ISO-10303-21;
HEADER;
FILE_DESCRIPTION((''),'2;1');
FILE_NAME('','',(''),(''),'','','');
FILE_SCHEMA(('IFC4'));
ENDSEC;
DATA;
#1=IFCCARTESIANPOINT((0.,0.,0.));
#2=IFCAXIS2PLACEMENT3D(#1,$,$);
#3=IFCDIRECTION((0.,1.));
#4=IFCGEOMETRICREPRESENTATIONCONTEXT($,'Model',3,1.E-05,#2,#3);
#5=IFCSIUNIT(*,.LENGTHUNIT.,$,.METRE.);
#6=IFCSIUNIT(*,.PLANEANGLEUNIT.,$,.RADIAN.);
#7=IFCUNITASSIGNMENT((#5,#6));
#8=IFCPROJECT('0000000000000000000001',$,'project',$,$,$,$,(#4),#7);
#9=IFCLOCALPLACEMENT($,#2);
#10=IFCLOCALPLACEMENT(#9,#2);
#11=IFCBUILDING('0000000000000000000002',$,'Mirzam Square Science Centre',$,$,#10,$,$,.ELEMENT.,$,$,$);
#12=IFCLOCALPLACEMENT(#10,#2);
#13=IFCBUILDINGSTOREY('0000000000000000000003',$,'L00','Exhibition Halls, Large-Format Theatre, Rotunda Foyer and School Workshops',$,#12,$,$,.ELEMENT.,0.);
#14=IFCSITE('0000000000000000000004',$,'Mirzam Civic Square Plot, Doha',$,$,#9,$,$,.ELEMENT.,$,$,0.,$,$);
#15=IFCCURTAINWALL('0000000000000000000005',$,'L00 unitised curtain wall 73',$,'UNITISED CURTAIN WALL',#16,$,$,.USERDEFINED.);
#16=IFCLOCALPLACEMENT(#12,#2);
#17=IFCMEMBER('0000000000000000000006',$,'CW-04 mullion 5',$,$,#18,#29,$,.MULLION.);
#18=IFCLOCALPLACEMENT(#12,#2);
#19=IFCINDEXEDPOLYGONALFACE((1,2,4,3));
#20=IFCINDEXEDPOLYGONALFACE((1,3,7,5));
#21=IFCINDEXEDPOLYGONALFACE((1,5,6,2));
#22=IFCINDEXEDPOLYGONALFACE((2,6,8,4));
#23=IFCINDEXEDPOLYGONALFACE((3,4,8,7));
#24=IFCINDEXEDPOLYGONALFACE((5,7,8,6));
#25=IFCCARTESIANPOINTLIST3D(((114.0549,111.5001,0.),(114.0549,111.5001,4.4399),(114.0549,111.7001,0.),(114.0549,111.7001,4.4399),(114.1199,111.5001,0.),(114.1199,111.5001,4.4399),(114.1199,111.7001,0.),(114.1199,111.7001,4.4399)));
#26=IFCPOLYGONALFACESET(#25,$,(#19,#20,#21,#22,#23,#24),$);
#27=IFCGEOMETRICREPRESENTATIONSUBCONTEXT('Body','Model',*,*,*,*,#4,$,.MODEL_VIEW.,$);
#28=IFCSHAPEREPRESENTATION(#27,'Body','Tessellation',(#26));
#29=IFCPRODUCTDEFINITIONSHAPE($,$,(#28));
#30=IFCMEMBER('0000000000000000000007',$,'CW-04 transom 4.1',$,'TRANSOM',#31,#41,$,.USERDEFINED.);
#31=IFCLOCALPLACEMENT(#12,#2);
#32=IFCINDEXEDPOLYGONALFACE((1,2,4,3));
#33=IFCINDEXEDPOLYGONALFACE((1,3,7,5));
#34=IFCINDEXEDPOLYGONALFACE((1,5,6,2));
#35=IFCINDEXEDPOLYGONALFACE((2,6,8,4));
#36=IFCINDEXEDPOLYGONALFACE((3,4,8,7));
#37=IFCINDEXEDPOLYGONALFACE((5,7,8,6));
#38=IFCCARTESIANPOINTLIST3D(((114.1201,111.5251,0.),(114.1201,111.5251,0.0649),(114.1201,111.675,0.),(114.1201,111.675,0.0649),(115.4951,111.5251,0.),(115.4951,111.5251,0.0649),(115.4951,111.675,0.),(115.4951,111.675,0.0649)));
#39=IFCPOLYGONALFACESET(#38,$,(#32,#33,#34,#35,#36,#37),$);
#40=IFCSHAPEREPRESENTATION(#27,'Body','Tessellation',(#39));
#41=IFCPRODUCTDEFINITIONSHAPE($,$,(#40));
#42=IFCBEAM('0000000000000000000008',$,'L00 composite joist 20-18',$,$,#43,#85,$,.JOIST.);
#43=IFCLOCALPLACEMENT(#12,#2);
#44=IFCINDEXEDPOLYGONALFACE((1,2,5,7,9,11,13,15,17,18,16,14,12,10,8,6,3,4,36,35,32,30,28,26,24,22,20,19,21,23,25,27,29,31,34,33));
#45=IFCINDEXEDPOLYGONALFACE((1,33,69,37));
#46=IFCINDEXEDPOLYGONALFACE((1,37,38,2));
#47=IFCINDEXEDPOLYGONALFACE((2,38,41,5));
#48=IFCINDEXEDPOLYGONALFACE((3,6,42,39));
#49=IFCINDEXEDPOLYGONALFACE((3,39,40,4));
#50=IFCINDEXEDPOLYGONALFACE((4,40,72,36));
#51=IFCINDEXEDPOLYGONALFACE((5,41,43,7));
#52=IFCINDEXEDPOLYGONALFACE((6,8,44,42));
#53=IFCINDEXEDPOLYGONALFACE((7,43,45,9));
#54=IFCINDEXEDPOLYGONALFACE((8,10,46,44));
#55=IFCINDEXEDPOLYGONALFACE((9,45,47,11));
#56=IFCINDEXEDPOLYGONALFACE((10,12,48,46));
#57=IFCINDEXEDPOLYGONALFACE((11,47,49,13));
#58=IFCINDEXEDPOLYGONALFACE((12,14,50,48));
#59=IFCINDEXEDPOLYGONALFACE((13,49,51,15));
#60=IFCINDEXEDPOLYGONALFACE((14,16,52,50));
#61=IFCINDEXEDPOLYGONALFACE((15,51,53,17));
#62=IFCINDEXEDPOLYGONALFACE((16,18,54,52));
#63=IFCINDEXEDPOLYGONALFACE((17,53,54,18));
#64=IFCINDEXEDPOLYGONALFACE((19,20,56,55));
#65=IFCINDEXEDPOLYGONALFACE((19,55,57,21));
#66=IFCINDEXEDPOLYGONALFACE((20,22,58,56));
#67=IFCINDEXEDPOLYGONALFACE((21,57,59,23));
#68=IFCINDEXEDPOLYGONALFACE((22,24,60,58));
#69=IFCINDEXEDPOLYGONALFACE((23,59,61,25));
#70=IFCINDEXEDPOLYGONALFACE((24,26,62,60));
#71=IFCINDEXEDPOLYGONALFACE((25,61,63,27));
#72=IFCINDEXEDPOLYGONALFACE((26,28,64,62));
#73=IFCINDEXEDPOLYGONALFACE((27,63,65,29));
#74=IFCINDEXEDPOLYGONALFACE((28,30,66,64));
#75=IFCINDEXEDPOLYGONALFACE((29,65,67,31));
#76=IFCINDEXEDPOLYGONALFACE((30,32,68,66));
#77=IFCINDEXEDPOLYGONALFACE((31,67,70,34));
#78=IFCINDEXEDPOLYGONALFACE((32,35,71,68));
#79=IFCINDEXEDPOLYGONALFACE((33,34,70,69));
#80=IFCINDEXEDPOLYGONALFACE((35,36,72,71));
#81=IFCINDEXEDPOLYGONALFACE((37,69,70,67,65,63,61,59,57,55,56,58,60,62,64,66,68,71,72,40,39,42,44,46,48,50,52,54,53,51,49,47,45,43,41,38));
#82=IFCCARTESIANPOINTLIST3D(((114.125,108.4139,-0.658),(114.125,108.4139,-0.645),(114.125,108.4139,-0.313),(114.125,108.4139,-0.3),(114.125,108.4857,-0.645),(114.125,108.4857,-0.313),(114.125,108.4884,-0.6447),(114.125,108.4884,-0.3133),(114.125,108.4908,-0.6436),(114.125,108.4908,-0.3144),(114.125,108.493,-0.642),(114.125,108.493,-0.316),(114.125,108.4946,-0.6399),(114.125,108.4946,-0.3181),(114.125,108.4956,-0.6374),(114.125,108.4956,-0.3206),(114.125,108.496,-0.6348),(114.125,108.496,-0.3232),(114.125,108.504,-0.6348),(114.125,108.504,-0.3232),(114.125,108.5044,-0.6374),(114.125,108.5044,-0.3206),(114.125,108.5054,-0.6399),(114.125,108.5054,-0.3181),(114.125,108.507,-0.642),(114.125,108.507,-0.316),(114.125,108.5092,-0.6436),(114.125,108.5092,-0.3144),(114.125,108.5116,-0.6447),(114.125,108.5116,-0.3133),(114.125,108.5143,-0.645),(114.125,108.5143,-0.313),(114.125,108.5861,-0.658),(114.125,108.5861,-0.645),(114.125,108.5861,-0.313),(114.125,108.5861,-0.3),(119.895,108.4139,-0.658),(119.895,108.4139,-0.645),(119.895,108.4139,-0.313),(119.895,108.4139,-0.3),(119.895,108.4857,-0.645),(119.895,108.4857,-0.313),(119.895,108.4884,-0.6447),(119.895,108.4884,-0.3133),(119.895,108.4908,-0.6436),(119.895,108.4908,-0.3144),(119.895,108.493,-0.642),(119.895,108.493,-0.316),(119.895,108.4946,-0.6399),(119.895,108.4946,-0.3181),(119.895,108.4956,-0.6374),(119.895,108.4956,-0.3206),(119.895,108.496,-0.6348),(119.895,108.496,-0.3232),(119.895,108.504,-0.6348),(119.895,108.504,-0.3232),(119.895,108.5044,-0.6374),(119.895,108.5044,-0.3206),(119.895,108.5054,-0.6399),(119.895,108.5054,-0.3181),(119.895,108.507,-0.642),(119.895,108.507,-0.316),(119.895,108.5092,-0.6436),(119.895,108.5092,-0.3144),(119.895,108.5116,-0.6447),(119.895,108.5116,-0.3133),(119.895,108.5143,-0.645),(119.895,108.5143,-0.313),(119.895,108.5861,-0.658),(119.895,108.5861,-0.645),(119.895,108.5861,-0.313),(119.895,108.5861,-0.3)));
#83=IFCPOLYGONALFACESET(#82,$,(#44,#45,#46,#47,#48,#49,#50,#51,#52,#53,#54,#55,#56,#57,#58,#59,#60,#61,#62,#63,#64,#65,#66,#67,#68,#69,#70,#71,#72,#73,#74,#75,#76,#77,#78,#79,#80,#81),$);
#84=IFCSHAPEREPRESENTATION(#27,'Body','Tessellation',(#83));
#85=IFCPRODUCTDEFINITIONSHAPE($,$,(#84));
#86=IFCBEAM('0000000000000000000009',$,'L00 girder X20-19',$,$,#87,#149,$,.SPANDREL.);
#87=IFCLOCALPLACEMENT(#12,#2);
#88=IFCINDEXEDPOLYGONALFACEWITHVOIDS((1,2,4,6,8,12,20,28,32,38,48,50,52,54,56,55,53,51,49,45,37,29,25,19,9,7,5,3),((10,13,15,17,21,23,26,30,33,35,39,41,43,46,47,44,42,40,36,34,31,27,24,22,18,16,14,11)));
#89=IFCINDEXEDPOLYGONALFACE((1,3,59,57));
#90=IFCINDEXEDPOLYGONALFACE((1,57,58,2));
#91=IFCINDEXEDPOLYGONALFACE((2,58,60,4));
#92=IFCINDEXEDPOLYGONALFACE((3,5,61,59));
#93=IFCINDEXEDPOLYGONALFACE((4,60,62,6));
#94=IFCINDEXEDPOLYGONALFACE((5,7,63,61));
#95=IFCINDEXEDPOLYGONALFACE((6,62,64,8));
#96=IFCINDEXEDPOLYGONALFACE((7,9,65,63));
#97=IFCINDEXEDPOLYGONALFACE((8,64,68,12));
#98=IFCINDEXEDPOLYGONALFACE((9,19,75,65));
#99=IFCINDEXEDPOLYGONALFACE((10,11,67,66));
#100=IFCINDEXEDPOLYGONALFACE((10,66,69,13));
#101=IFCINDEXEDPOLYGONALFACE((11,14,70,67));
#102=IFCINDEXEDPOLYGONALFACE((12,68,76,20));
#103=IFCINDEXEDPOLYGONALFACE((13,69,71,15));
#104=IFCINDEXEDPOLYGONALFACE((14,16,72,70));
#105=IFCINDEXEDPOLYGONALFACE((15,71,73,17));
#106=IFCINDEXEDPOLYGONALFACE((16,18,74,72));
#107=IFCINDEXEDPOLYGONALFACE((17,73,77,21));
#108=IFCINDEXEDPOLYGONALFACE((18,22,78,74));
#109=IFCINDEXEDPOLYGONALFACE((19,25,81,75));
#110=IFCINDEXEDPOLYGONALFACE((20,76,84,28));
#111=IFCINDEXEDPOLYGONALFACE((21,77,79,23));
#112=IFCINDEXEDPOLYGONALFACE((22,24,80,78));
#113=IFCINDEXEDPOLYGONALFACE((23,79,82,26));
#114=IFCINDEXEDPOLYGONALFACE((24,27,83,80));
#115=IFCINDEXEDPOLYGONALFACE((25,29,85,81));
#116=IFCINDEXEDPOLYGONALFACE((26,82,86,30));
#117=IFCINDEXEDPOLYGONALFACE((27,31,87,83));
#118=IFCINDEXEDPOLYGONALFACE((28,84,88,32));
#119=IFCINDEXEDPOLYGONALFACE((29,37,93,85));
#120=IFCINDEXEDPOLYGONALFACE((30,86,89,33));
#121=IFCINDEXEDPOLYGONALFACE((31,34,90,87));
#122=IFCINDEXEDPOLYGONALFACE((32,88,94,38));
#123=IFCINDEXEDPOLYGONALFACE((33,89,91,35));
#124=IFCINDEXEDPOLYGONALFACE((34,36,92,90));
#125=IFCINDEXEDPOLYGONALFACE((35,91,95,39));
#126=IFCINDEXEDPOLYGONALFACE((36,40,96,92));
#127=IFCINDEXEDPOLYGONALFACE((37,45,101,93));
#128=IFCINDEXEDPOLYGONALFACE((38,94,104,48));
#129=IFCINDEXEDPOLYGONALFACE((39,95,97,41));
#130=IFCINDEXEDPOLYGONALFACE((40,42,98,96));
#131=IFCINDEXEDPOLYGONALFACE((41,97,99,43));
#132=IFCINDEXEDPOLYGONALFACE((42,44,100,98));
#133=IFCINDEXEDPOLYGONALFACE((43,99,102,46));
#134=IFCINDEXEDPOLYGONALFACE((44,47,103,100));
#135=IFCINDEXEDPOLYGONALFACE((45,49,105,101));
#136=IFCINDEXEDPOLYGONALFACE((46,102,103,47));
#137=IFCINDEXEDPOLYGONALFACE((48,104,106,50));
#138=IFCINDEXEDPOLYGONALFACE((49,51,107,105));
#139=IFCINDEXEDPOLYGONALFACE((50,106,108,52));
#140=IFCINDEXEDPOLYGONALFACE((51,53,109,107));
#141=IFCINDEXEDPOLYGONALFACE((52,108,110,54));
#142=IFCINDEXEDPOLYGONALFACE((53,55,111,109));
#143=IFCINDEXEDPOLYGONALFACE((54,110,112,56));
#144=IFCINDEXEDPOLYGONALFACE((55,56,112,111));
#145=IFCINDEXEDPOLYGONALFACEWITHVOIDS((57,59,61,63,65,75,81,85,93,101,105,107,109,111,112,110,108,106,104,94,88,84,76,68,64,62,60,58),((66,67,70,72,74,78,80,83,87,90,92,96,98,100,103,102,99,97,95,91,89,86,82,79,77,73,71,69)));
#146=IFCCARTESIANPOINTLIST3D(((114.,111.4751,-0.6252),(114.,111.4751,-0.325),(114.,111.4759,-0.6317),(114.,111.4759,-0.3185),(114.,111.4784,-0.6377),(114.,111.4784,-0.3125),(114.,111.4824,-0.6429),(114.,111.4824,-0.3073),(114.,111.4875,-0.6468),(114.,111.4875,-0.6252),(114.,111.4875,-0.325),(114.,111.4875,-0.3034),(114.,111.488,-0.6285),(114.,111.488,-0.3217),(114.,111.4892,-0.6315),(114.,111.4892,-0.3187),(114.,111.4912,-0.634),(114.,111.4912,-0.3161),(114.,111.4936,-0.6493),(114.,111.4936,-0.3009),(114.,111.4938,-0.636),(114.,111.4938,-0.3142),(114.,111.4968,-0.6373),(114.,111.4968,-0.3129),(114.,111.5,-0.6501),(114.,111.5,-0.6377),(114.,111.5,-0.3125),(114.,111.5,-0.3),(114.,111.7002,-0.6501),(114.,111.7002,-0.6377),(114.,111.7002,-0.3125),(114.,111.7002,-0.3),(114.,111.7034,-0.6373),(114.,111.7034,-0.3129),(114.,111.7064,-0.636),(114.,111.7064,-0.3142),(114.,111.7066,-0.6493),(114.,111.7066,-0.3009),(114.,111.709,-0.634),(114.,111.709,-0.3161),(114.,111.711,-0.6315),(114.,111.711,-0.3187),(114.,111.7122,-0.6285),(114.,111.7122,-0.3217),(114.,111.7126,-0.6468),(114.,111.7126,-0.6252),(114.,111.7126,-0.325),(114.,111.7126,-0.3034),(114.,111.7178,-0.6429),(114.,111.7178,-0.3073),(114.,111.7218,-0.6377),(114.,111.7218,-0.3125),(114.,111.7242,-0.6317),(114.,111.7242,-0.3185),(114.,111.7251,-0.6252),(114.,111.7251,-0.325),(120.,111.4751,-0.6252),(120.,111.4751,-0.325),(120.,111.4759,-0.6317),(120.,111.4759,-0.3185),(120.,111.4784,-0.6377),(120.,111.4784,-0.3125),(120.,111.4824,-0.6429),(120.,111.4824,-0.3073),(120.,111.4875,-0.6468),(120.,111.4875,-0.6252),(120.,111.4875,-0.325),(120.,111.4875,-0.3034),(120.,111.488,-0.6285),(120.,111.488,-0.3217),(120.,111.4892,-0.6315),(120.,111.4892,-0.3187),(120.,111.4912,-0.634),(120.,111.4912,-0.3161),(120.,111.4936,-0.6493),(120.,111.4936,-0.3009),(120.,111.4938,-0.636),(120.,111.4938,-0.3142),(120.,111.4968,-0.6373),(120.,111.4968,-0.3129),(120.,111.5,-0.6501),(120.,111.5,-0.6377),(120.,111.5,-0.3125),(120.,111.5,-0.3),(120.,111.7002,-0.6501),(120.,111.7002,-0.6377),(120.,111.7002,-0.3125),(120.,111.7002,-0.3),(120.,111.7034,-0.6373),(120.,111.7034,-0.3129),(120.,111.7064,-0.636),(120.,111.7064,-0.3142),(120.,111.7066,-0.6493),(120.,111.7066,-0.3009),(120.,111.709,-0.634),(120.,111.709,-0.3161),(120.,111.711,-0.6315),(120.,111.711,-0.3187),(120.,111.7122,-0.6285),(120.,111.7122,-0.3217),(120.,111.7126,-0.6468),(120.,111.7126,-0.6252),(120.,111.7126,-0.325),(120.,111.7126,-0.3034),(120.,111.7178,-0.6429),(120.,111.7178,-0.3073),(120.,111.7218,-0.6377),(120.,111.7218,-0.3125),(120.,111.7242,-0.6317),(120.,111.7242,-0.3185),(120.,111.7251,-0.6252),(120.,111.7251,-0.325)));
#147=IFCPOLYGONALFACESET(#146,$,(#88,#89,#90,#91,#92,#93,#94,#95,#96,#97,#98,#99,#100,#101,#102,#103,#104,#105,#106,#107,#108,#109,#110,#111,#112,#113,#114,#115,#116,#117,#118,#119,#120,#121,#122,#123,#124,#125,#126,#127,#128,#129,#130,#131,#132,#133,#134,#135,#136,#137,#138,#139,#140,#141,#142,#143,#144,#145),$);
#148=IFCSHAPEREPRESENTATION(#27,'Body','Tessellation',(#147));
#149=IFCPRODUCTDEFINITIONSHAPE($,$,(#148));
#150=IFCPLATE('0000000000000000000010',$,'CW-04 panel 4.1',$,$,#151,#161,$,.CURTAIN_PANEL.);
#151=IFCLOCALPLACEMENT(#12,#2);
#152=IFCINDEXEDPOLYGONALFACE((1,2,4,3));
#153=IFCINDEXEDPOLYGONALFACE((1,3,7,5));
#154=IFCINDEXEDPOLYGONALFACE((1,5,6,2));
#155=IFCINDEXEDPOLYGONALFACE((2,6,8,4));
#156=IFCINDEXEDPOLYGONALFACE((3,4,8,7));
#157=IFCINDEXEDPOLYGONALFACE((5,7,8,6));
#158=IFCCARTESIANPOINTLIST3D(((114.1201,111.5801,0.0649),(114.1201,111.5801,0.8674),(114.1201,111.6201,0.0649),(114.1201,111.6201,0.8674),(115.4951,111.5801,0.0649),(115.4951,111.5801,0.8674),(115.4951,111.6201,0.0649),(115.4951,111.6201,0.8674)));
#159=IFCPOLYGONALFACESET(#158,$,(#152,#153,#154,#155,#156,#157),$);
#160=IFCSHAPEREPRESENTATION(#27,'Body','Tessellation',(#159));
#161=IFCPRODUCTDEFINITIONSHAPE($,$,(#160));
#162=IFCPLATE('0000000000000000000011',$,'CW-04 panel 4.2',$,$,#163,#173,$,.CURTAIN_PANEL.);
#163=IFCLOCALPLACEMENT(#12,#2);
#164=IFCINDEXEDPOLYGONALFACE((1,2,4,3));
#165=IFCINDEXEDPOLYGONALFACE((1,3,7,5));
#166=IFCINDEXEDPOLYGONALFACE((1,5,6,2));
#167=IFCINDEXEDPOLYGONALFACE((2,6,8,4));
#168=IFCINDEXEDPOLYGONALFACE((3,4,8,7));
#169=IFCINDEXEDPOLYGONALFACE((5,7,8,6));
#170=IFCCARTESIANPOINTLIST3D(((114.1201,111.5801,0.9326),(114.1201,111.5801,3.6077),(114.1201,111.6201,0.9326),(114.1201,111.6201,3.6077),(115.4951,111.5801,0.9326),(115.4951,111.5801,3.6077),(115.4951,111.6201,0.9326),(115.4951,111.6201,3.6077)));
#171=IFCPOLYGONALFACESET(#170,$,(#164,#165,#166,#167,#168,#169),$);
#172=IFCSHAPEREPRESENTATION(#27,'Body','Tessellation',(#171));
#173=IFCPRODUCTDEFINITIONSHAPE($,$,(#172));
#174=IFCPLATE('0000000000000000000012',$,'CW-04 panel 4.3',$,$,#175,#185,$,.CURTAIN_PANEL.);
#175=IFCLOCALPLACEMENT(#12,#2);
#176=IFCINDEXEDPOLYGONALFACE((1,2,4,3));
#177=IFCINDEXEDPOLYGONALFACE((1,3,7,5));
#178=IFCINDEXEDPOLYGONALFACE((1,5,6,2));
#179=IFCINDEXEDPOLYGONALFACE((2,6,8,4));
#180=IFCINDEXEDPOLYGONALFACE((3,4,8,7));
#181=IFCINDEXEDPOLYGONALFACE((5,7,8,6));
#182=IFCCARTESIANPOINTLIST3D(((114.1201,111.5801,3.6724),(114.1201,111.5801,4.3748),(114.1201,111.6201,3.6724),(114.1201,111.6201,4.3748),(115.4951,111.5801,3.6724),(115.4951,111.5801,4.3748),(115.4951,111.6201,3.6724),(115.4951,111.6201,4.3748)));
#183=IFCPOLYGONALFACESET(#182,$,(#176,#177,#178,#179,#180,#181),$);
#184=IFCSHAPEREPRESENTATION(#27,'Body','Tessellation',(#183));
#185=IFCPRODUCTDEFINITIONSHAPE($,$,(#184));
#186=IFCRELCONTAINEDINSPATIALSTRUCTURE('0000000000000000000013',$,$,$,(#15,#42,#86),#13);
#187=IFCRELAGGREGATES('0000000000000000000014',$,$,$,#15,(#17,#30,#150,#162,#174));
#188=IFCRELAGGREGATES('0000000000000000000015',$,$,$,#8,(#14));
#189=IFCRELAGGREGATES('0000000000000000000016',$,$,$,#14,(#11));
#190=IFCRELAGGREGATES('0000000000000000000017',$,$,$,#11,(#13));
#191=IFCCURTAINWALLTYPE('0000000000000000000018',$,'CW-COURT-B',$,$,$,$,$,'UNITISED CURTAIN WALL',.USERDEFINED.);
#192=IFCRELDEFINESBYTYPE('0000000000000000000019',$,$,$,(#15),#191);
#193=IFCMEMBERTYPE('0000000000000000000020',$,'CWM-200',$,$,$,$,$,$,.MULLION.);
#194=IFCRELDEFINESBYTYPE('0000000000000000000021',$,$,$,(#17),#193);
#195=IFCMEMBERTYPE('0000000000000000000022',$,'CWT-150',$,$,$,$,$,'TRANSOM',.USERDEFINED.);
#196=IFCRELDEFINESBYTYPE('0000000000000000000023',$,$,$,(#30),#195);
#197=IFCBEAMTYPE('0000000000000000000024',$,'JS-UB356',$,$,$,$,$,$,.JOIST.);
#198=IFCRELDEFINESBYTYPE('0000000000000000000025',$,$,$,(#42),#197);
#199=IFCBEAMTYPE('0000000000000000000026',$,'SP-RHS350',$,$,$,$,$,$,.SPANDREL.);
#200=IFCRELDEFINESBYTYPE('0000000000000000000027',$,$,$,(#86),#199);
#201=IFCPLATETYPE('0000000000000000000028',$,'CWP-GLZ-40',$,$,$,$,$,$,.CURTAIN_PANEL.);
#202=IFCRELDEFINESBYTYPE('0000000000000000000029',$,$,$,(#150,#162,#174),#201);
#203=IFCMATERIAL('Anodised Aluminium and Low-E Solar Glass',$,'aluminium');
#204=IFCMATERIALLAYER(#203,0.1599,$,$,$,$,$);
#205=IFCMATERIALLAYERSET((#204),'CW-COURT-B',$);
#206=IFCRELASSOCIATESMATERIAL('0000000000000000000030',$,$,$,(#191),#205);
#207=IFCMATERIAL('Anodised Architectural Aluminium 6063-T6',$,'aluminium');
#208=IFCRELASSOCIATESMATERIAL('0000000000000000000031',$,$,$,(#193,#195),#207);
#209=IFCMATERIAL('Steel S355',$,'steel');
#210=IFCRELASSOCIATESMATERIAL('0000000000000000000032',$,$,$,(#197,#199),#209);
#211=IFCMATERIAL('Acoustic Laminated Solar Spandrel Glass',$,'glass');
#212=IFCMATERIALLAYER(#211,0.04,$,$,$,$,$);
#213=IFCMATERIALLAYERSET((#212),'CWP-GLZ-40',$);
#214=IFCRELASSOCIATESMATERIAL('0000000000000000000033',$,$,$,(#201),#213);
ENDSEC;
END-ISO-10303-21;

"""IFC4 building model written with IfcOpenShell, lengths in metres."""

from ifc_helpers import new_model, si_unit, direction, frame, origin, origin_2d, place, context, subcontext, project, spatial, rectangle, hollow_rectangle, i_section, extrude, material, layer, layer_set, material_profile, profile_set, type_object, element, aggregate, save


model = new_model("IFC4")

# Units and contexts
model_context = context("Model", 3, precision=1e-05, world=origin(), true_north=direction((0.0, 1.0)))
body_context = subcontext(model_context, "Body", "Model", "MODEL_VIEW")
ifc_project = project(units=[si_unit("LENGTHUNIT", "METRE"), si_unit("PLANEANGLEUNIT", "RADIAN")], contexts=[model_context])

# Site, building, storey
site_placement = place(None, origin())
site = spatial("IfcSite", under=ifc_project, at=site_placement, Name="Mirzam Civic Square Plot, Doha", CompositionType="ELEMENT", RefElevation=0.0)
building_placement = place(site_placement, origin())
building = spatial("IfcBuilding", under=site, at=building_placement, Name="Mirzam Square Science Centre", CompositionType="ELEMENT")
storey_placement = place(building_placement, origin())
storey = spatial("IfcBuildingStorey", under=building, at=storey_placement, Name="L00", Description="Exhibition Halls, Large-Format Theatre, Rotunda Foyer and School Workshops", CompositionType="ELEMENT", Elevation=0.0)

# Shared definitions
ifc_material_1 = material(Name="Steel S355", Category="steel")

# Curtain wall, members
ifc_material_2 = material(Name="Anodised Aluminium and Low-E Solar Glass", Category="aluminium")
ifc_layer_1 = layer(ifc_material_2, 0.1599)
ifc_layer_set_1 = layer_set([ifc_layer_1], Name="CW-COURT-B")
curtain_wall_type = type_object("IfcCurtainWallType", Name="CW-COURT-B", ElementType="UNITISED CURTAIN WALL", PredefinedType="USERDEFINED", material=ifc_layer_set_1)
curtain_wall_placement = place(storey_placement, origin())
curtain_wall = element("IfcCurtainWall", 1, at=curtain_wall_placement, inside=storey, type_object=curtain_wall_type, Name="L00 unitised curtain wall 73", ObjectType="UNITISED CURTAIN WALL", PredefinedType="USERDEFINED")
ifc_material_3 = material(Name="Anodised Architectural Aluminium 6063-T6", Category="aluminium")
ifc_material_profile_1 = material_profile(ifc_material_3, rectangle(XDim=0.0649, YDim=0.2, at=origin_2d()), Name="ALU-MULL-200x65x5")
ifc_profile_set_1 = profile_set([ifc_material_profile_1], Name="Anodised Architectural Aluminium 6063-T6")
member_type_1 = type_object("IfcMemberType", Name="CWM-200", PredefinedType="MULLION", material=ifc_profile_set_1)
member_1_placement = place(storey_placement, frame((114.0874, 111.6001, 0.0), z_axis=(0.0, 0.0, 1.0), x_axis=(-1.0, 0.0, 0.0)))
member_1 = element("IfcMember", 2, at=member_1_placement, type_object=member_type_1, Name="CW-04 mullion 5", PredefinedType="MULLION", context=body_context, shape_type="SweptSolid", body=[
    extrude(rectangle(XDim=0.0649, YDim=0.2, at=origin_2d()), origin(), (0.0, 0.0, 1.0), 4.4399),
])
ifc_material_profile_2 = material_profile(ifc_material_3, rectangle(XDim=0.1499, YDim=0.0649, at=origin_2d()), Name="ALU-TRAN-150x65x4")
ifc_profile_set_2 = profile_set([ifc_material_profile_2], Name="Anodised Architectural Aluminium 6063-T6")
member_type_2 = type_object("IfcMemberType", Name="CWT-150", ElementType="TRANSOM", PredefinedType="USERDEFINED", material=ifc_profile_set_2)
member_2_placement = place(storey_placement, frame((115.4951, 111.6001, 0.0325), z_axis=(-1.0, 0.0, 0.0), x_axis=(0.0, -1.0, 0.0)))
member_2 = element("IfcMember", 3, at=member_2_placement, type_object=member_type_2, Name="CW-04 transom 4.1", ObjectType="TRANSOM", PredefinedType="USERDEFINED", context=body_context, shape_type="SweptSolid", body=[
    extrude(rectangle(XDim=0.1499, YDim=0.0649, at=origin_2d()), origin(), (0.0, 0.0, 1.0), 1.375),
])

# Beams
ifc_material_profile_3 = material_profile(ifc_material_1, i_section(OverallWidth=0.1721, OverallDepth=0.3579, WebThickness=0.0081, FlangeThickness=0.0129, FilletRadius=0.0103, at=origin_2d()), Name="356x171x57UB")
ifc_profile_set_3 = profile_set([ifc_material_profile_3], Name="Steel S355")
beam_type_1 = type_object("IfcBeamType", Name="JS-UB356", PredefinedType="JOIST", material=ifc_profile_set_3)
beam_1_placement = place(storey_placement, frame((114.125, 108.5, -0.479), z_axis=(1.0, 0.0, 0.0), x_axis=(0.0, 1.0, 0.0)))
element("IfcBeam", 4, at=beam_1_placement, inside=storey, type_object=beam_type_1, Name="L00 composite joist 20-18", PredefinedType="JOIST", context=body_context, shape_type="SweptSolid", body=[
    extrude(i_section(OverallWidth=0.1721, OverallDepth=0.3579, WebThickness=0.0081, FlangeThickness=0.0129, FilletRadius=0.0103, at=origin_2d()), origin(), (0.0, 0.0, 1.0), 5.77),
])
ifc_material_profile_4 = material_profile(ifc_material_1, hollow_rectangle(XDim=0.25, YDim=0.3501, WallThickness=0.0125, InnerFilletRadius=0.0125, OuterFilletRadius=0.0249, at=origin_2d()), Name="350x250x12.5RHS")
ifc_profile_set_4 = profile_set([ifc_material_profile_4], Name="Steel S355")
beam_type_2 = type_object("IfcBeamType", Name="SP-RHS350", PredefinedType="SPANDREL", material=ifc_profile_set_4)
beam_2_placement = place(storey_placement, frame((114.0, 111.6001, -0.4751), z_axis=(1.0, 0.0, 0.0), x_axis=(0.0, 1.0, 0.0)))
element("IfcBeam", 5, at=beam_2_placement, inside=storey, type_object=beam_type_2, Name="L00 girder X20-19", PredefinedType="SPANDREL", context=body_context, shape_type="SweptSolid", body=[
    extrude(hollow_rectangle(XDim=0.25, YDim=0.3501, WallThickness=0.0125, InnerFilletRadius=0.0125, OuterFilletRadius=0.0249, at=origin_2d()), origin(), (0.0, 0.0, 1.0), 6.0),
])

# Plates
ifc_material_4 = material(Name="Acoustic Laminated Solar Spandrel Glass", Category="glass")
ifc_layer_2 = layer(ifc_material_4, 0.04)
ifc_layer_set_2 = layer_set([ifc_layer_2], Name="CWP-GLZ-40")
plate_type = type_object("IfcPlateType", Name="CWP-GLZ-40", PredefinedType="CURTAIN_PANEL", material=ifc_layer_set_2)
plate_1_placement = place(storey_placement, frame((114.8076, 111.6001, 0.0649), z_axis=(0.0, 0.0, 1.0), x_axis=(-1.0, 0.0, 0.0)))
plate_1 = element("IfcPlate", 6, at=plate_1_placement, type_object=plate_type, Name="CW-04 panel 4.1", PredefinedType="CURTAIN_PANEL", context=body_context, shape_type="SweptSolid", body=[
    extrude(rectangle(XDim=1.375, YDim=0.04, at=origin_2d()), origin(), (0.0, 0.0, 1.0), 0.8025),
])
plate_2_placement = place(storey_placement, frame((114.8076, 111.6001, 0.9326), z_axis=(0.0, 0.0, 1.0), x_axis=(-1.0, 0.0, 0.0)))
plate_2 = element("IfcPlate", 7, at=plate_2_placement, type_object=plate_type, Name="CW-04 panel 4.2", PredefinedType="CURTAIN_PANEL", context=body_context, shape_type="SweptSolid", body=[
    extrude(rectangle(XDim=1.375, YDim=0.04, at=origin_2d()), origin(), (0.0, 0.0, 1.0), 2.675),
])
plate_3_placement = place(storey_placement, frame((114.8076, 111.6001, 3.6724), z_axis=(0.0, 0.0, 1.0), x_axis=(-1.0, 0.0, 0.0)))
plate_3 = element("IfcPlate", 8, at=plate_3_placement, type_object=plate_type, Name="CW-04 panel 4.3", PredefinedType="CURTAIN_PANEL", context=body_context, shape_type="SweptSolid", body=[
    extrude(rectangle(XDim=1.375, YDim=0.04, at=origin_2d()), origin(), (0.0, 0.0, 1.0), 0.7024),
])
aggregate(curtain_wall, [member_1, member_2, plate_1, plate_2, plate_3])

save(model, "model.ifc")
